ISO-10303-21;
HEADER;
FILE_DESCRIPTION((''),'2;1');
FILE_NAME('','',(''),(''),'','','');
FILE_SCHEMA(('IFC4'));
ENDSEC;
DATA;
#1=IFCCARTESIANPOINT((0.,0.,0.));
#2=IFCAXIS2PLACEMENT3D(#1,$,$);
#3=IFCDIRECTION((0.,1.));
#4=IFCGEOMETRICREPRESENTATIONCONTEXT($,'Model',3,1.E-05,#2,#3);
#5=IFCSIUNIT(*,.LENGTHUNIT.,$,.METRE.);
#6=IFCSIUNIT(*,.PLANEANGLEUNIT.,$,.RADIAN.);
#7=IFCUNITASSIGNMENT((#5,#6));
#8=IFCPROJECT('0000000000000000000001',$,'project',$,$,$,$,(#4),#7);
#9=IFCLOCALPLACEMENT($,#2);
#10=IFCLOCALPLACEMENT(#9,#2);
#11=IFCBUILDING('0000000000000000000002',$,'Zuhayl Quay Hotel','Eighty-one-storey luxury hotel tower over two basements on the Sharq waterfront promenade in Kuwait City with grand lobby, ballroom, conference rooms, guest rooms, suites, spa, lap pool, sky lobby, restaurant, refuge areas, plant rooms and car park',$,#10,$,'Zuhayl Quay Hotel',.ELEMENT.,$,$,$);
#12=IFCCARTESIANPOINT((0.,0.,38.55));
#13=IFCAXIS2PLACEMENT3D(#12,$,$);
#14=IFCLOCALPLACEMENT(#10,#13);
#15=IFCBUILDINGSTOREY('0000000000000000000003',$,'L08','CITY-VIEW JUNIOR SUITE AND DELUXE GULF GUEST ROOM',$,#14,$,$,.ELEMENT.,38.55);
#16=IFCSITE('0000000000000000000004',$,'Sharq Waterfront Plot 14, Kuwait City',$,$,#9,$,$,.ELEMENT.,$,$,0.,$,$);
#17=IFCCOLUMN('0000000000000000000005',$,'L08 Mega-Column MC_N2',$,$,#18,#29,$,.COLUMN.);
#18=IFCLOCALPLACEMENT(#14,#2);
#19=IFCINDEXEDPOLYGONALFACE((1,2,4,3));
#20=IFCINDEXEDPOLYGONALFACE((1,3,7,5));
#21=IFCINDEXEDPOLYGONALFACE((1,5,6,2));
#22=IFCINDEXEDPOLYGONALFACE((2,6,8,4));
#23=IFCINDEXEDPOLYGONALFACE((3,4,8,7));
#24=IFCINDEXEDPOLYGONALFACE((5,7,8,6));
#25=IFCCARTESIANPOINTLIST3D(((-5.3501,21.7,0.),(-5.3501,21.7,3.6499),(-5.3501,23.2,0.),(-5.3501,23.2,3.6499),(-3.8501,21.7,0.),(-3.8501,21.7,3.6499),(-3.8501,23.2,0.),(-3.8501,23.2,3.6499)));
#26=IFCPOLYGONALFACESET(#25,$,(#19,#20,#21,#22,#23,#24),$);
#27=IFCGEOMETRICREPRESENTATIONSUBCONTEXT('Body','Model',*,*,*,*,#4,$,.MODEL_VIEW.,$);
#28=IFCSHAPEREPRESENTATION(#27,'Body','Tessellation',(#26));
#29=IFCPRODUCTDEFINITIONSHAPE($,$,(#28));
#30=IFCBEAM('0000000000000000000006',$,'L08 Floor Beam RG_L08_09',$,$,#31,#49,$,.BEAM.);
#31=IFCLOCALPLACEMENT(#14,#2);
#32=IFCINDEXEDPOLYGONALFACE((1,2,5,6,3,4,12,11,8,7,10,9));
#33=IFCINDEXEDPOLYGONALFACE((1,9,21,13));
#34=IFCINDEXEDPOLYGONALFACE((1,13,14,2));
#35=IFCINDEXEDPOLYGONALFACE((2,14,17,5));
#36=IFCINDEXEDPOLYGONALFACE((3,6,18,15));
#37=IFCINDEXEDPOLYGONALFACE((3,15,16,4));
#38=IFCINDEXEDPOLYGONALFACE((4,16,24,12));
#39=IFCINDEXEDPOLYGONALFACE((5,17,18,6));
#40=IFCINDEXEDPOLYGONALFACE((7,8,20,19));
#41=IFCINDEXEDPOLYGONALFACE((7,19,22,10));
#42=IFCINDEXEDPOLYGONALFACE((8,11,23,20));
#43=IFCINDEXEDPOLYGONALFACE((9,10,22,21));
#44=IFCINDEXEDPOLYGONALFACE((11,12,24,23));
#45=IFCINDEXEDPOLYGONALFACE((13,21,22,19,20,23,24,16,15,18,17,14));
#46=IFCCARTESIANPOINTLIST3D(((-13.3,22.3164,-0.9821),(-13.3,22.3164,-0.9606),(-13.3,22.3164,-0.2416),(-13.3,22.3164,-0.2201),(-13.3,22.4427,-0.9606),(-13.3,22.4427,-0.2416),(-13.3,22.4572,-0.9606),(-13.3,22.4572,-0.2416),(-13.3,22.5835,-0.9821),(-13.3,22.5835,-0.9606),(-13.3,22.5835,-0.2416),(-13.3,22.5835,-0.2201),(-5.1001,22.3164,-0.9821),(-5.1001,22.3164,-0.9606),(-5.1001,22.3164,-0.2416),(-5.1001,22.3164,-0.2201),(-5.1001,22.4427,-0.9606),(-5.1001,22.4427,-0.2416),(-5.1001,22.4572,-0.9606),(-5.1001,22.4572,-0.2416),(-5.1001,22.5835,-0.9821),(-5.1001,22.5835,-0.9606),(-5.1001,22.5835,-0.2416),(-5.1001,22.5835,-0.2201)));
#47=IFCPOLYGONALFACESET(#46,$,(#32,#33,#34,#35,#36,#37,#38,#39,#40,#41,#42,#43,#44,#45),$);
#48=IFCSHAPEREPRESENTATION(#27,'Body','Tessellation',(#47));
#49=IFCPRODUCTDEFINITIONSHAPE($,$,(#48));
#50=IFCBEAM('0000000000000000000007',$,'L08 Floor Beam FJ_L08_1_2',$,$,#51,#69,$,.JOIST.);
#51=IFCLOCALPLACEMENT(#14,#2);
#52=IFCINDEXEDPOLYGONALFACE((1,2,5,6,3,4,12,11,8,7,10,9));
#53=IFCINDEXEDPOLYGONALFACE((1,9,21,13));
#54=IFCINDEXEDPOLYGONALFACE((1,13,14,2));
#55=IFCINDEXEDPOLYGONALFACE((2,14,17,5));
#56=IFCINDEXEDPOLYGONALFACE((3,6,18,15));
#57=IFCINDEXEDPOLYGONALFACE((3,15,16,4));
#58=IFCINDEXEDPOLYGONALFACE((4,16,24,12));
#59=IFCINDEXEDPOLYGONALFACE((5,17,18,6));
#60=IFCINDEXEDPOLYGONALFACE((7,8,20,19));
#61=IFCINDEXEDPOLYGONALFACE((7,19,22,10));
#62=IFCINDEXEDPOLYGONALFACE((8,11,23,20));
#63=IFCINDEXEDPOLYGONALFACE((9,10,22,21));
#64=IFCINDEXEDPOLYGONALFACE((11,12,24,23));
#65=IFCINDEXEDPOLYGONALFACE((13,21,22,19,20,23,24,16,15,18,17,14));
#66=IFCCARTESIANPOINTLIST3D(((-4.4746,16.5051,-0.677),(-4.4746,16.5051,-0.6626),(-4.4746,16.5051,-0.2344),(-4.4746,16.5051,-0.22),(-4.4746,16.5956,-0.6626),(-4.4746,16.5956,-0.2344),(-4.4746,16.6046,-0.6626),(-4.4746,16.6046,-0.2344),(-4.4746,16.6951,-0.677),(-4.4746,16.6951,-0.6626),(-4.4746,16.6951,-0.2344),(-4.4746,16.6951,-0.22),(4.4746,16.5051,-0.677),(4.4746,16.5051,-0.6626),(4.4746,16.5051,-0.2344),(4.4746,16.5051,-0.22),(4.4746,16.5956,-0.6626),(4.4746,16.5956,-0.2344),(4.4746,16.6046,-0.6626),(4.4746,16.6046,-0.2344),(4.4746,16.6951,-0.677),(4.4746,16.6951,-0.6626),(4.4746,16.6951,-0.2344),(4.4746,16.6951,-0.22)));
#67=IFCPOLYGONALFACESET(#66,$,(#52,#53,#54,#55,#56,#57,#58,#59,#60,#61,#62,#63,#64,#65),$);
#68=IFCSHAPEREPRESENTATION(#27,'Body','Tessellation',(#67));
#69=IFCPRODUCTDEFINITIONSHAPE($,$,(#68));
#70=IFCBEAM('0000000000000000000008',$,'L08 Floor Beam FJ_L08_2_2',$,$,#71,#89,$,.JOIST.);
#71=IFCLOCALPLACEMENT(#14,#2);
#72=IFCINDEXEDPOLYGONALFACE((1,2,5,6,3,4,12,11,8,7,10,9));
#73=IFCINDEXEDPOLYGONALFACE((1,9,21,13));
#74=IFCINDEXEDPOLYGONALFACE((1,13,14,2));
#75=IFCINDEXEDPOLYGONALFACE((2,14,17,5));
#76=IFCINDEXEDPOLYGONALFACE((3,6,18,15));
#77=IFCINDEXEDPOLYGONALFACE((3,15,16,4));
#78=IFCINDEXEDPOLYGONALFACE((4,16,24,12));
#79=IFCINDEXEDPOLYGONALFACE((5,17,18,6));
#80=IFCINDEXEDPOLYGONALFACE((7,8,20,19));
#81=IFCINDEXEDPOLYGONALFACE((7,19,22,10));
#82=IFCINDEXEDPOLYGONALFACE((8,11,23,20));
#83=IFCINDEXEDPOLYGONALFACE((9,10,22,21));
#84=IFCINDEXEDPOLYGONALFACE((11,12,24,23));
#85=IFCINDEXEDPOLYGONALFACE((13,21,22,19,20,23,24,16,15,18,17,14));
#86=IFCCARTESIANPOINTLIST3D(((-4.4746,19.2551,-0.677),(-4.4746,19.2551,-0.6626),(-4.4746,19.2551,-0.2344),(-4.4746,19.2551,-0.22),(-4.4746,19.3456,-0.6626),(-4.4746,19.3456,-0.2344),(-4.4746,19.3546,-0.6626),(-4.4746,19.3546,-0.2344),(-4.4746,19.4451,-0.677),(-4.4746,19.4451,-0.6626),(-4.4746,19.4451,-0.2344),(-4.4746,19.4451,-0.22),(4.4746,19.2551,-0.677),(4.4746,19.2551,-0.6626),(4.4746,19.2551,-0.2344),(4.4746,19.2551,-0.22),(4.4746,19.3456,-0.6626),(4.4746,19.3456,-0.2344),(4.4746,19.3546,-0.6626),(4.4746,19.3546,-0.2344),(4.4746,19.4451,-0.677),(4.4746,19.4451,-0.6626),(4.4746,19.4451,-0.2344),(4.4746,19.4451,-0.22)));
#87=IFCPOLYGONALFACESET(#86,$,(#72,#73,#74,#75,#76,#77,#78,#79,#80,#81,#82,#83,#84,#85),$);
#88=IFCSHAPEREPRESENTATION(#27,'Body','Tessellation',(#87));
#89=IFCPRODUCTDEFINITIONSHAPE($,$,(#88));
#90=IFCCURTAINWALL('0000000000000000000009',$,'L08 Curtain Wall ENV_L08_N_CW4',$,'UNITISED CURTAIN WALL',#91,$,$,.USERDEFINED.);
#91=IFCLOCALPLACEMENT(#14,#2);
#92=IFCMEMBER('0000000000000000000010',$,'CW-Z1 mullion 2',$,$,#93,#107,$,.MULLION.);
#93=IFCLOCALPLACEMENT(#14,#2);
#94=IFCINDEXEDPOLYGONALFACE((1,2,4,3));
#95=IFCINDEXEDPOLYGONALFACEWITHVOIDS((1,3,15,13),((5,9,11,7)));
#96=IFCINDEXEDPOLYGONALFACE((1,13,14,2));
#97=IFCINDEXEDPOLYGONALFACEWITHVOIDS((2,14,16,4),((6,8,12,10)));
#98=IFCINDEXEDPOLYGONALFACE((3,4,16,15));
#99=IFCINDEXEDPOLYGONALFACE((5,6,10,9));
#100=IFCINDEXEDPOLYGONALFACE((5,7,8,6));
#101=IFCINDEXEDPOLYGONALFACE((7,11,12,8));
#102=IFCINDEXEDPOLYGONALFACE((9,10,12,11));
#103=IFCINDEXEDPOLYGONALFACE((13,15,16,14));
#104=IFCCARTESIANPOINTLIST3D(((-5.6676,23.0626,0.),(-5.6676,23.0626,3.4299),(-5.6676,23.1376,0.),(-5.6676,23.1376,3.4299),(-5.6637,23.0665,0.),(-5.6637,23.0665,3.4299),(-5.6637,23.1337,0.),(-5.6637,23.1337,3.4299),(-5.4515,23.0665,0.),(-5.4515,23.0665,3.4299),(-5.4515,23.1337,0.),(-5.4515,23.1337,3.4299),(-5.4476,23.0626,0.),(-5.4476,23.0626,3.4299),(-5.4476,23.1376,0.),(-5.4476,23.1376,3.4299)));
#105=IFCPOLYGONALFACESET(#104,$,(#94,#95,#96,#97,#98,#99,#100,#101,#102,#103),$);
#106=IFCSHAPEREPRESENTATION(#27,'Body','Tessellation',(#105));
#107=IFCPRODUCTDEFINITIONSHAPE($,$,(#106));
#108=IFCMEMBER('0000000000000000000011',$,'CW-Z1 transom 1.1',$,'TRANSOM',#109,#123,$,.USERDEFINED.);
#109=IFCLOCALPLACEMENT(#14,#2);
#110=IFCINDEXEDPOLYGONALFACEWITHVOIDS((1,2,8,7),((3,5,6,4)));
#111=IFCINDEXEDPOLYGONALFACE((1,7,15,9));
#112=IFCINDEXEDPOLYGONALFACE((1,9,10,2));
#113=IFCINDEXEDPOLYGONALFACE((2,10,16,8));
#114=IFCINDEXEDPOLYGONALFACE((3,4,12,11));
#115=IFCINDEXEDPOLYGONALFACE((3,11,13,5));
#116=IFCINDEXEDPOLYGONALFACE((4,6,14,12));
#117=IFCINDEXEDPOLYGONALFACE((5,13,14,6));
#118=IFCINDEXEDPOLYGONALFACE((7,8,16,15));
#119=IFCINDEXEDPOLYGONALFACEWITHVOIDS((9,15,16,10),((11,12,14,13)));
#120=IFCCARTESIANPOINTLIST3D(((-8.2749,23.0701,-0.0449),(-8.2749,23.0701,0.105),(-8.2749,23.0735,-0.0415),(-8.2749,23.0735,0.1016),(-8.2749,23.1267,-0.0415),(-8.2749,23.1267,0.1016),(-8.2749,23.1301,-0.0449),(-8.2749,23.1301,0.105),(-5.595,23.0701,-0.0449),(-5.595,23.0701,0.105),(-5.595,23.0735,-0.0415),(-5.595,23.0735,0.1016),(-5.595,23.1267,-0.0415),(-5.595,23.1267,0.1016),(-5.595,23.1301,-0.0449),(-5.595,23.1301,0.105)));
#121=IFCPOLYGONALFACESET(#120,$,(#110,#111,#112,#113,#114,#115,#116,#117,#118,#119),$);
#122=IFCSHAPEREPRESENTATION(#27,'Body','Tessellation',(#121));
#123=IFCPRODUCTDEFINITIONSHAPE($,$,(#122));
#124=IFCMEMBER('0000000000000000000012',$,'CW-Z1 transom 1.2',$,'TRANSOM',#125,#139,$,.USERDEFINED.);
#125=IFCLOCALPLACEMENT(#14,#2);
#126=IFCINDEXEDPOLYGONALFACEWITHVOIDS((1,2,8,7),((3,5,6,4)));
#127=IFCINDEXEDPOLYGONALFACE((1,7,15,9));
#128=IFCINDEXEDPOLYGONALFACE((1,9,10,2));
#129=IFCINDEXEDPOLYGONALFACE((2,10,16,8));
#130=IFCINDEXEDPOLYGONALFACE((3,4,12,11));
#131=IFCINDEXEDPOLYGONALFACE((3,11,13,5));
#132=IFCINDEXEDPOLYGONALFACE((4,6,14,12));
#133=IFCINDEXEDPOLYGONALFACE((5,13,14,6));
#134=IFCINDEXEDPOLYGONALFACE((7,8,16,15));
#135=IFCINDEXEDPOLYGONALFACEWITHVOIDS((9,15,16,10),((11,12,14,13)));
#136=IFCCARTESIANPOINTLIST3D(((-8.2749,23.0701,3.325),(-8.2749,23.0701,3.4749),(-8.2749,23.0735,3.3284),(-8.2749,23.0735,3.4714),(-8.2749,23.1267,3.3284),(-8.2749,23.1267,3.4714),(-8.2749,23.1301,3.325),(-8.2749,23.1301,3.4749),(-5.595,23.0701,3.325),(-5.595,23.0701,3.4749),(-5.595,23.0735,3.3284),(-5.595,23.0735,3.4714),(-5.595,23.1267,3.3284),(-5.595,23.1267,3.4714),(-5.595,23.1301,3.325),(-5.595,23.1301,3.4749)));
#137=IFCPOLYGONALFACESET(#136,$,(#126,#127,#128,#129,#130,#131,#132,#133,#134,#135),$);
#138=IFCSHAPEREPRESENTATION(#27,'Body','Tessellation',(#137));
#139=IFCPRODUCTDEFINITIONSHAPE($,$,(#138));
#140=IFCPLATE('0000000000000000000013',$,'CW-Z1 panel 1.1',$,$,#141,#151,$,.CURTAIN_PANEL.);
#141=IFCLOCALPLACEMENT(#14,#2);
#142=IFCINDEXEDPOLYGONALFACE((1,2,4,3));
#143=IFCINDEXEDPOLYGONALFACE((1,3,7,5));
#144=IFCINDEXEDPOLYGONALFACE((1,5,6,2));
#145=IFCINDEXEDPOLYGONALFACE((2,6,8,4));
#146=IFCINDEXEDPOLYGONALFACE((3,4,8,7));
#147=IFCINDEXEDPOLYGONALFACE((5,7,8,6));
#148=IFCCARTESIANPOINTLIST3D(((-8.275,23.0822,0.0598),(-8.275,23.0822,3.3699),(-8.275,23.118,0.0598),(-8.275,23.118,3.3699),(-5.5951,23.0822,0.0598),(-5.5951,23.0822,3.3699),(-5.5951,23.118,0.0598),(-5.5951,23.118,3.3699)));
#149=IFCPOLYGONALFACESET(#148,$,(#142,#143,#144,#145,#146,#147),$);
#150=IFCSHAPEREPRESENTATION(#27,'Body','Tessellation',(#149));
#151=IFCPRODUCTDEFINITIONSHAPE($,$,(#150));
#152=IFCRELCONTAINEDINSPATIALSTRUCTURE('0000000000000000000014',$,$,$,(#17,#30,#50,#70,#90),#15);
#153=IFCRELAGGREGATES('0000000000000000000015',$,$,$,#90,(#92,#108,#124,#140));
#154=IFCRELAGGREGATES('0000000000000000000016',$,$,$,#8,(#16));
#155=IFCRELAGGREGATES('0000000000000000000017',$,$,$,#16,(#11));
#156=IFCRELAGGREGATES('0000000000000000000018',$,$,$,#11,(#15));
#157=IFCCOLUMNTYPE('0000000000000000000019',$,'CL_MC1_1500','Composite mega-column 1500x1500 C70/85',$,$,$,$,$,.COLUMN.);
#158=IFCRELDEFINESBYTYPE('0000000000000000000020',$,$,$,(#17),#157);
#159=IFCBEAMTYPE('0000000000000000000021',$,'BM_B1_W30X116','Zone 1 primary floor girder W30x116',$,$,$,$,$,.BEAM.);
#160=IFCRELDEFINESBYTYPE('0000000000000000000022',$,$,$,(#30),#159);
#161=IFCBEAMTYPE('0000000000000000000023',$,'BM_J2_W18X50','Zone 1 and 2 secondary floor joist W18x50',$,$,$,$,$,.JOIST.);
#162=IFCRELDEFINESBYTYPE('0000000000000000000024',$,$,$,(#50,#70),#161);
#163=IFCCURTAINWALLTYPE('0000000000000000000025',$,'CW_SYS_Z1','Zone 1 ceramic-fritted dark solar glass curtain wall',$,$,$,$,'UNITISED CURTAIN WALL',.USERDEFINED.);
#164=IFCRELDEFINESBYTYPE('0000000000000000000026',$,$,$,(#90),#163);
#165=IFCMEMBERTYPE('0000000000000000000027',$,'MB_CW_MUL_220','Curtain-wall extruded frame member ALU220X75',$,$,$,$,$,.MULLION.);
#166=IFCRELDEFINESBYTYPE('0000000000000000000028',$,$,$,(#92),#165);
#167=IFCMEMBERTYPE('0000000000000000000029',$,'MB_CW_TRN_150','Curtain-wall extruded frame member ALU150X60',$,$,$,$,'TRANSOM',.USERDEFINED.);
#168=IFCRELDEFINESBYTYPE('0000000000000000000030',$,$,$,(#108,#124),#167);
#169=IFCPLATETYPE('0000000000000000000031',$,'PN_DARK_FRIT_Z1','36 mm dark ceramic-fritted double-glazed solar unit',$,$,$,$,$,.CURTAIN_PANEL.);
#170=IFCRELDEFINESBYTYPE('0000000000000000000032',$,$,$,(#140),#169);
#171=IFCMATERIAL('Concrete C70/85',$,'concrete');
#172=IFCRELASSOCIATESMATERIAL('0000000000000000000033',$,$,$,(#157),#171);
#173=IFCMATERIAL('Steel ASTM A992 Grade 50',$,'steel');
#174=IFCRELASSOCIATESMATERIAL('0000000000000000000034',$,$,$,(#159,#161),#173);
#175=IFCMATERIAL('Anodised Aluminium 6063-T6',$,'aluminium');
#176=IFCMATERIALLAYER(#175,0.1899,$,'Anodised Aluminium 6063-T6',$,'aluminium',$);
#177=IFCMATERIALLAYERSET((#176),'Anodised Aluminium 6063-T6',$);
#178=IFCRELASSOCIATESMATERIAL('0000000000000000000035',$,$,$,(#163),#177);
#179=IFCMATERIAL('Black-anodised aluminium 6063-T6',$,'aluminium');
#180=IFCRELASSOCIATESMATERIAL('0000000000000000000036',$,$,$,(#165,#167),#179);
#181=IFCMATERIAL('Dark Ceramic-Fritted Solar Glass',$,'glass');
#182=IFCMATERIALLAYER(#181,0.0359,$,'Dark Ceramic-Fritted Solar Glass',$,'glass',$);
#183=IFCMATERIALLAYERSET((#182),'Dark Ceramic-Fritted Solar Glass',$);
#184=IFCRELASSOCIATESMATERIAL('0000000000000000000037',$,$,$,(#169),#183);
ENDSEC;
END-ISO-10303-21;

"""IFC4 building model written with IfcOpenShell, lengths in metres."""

from ifc_helpers import new_model, si_unit, direction, frame, origin, origin_2d, place, context, subcontext, project, spatial, rectangle, hollow_rectangle, i_section, extrude, material, layer, layer_set, material_profile, profile_set, type_object, element, aggregate, save


model = new_model("IFC4")

# Units and contexts
model_context = context("Model", 3, precision=1e-05, world=origin(), true_north=direction((0.0, 1.0)))
body_context = subcontext(model_context, "Body", "Model", "MODEL_VIEW")
ifc_project = project(units=[si_unit("LENGTHUNIT", "METRE"), si_unit("PLANEANGLEUNIT", "RADIAN")], contexts=[model_context])

# Site, building, storey
site_placement = place(None, origin())
site = spatial("IfcSite", under=ifc_project, at=site_placement, Name="Sharq Waterfront Plot 14, Kuwait City", CompositionType="ELEMENT", RefElevation=0.0)
building_placement = place(site_placement, origin())
building = spatial("IfcBuilding", under=site, at=building_placement, Name="Zuhayl Quay Hotel", Description="Eighty-one-storey luxury hotel tower over two basements on the Sharq waterfront promenade in Kuwait City with grand lobby, ballroom, conference rooms, guest rooms, suites, spa, lap pool, sky lobby, restaurant, refuge areas, plant rooms and car park", LongName="Zuhayl Quay Hotel", CompositionType="ELEMENT")
storey_placement = place(building_placement, frame((0.0, 0.0, 38.55)))
storey = spatial("IfcBuildingStorey", under=building, at=storey_placement, Name="L08", Description="CITY-VIEW JUNIOR SUITE AND DELUXE GULF GUEST ROOM", CompositionType="ELEMENT", Elevation=38.55)

# Column
ifc_material_1 = material(Name="Concrete C70/85", Category="concrete")
ifc_material_profile_1 = material_profile(ifc_material_1, rectangle(XDim=1.5, YDim=1.5, at=origin_2d()), Name="RC1500X1500")
ifc_profile_set_1 = profile_set([ifc_material_profile_1], Name="Concrete C70/85")
column_type = type_object("IfcColumnType", Name="CL_MC1_1500", Description="Composite mega-column 1500x1500 C70/85", PredefinedType="COLUMN", material=ifc_profile_set_1)
column_placement = place(storey_placement, frame((-4.6001, 22.45, 0.0), z_axis=(0.0, 0.0, 1.0), x_axis=(1.0, 0.0, 0.0)))
element("IfcColumn", 1, at=column_placement, inside=storey, type_object=column_type, Name="L08 Mega-Column MC_N2", PredefinedType="COLUMN", context=body_context, shape_type="SweptSolid", body=[
    extrude(rectangle(XDim=1.5, YDim=1.5, at=origin_2d()), origin(), (0.0, 0.0, 1.0), 3.6499),
])

# Beams
ifc_material_2 = material(Name="Steel ASTM A992 Grade 50", Category="steel")
ifc_material_profile_2 = material_profile(ifc_material_2, i_section(OverallWidth=0.2671, OverallDepth=0.762, WebThickness=0.0144, FlangeThickness=0.0215, at=origin_2d()), Name="W30X116")
ifc_profile_set_2 = profile_set([ifc_material_profile_2], Name="Steel ASTM A992 Grade 50")
beam_type_1 = type_object("IfcBeamType", Name="BM_B1_W30X116", Description="Zone 1 primary floor girder W30x116", PredefinedType="BEAM", material=ifc_profile_set_2)
beam_placement = place(storey_placement, frame((-5.1001, 22.45, -0.6011), z_axis=(-1.0, 0.0, 0.0), x_axis=(0.0, -1.0, 0.0)))
element("IfcBeam", 2, at=beam_placement, inside=storey, type_object=beam_type_1, Name="L08 Floor Beam RG_L08_09", PredefinedType="BEAM", context=body_context, shape_type="SweptSolid", body=[
    extrude(i_section(OverallWidth=0.2671, OverallDepth=0.762, WebThickness=0.0144, FlangeThickness=0.0215, at=origin_2d()), origin(), (0.0, 0.0, 1.0), 8.2),
])
ifc_material_profile_3 = material_profile(ifc_material_2, i_section(OverallWidth=0.1899, OverallDepth=0.457, WebThickness=0.009, FlangeThickness=0.0144, at=origin_2d()), Name="W18X50")
ifc_profile_set_3 = profile_set([ifc_material_profile_3], Name="Steel ASTM A992 Grade 50")
beam_type_2 = type_object("IfcBeamType", Name="BM_J2_W18X50", Description="Zone 1 and 2 secondary floor joist W18x50", PredefinedType="JOIST", material=ifc_profile_set_3)
for number, where, z_axis, x_axis, name in (
    (3, (-4.4746, 16.6001, -0.4485), (1.0, 0.0, 0.0), (0.0, 1.0, 0.0), "L08 Floor Beam FJ_L08_1_2"),
    (4, (-4.4746, 19.3501, -0.4485), (1.0, 0.0, 0.0), (0.0, 1.0, 0.0), "L08 Floor Beam FJ_L08_2_2"),
):
    element("IfcBeam", number, at=place(storey_placement, frame(where, z_axis=z_axis, x_axis=x_axis)), inside=storey, type_object=beam_type_2, Name=name, PredefinedType="JOIST", context=body_context, shape_type="SweptSolid", body=[
        extrude(i_section(OverallWidth=0.1899, OverallDepth=0.457, WebThickness=0.009, FlangeThickness=0.0144, at=origin_2d()), origin(), (0.0, 0.0, 1.0), 8.9492),
    ])

# Curtain wall, members, plate
ifc_material_3 = material(Name="Anodised Aluminium 6063-T6", Category="aluminium")
ifc_layer_1 = layer(ifc_material_3, 0.1899, Name="Anodised Aluminium 6063-T6", Category="aluminium")
ifc_layer_set_1 = layer_set([ifc_layer_1], Name="Anodised Aluminium 6063-T6")
curtain_wall_type = type_object("IfcCurtainWallType", Name="CW_SYS_Z1", Description="Zone 1 ceramic-fritted dark solar glass curtain wall", ElementType="UNITISED CURTAIN WALL", PredefinedType="USERDEFINED", material=ifc_layer_set_1)
curtain_wall_placement = place(storey_placement, origin())
curtain_wall = element("IfcCurtainWall", 5, at=curtain_wall_placement, inside=storey, type_object=curtain_wall_type, Name="L08 Curtain Wall ENV_L08_N_CW4", ObjectType="UNITISED CURTAIN WALL", PredefinedType="USERDEFINED")
ifc_material_4 = material(Name="Black-anodised aluminium 6063-T6", Category="aluminium")
ifc_material_profile_4 = material_profile(ifc_material_4, hollow_rectangle(XDim=0.075, YDim=0.22, WallThickness=0.0039, at=origin_2d()), Name="ALU220X75")
ifc_profile_set_4 = profile_set([ifc_material_profile_4], Name="Black-anodised aluminium 6063-T6")
member_type_1 = type_object("IfcMemberType", Name="MB_CW_MUL_220", Description="Curtain-wall extruded frame member ALU220X75", PredefinedType="MULLION", material=ifc_profile_set_4)
member_1_placement = place(storey_placement, frame((-5.5576, 23.1001, 0.0), z_axis=(0.0, 0.0, 1.0), x_axis=(0.0, 1.0, 0.0)))
member_1 = element("IfcMember", 6, at=member_1_placement, type_object=member_type_1, Name="CW-Z1 mullion 2", PredefinedType="MULLION", context=body_context, shape_type="SweptSolid", body=[
    extrude(hollow_rectangle(XDim=0.075, YDim=0.22, WallThickness=0.0039, at=origin_2d()), origin(), (0.0, 0.0, 1.0), 3.4299),
])
ifc_material_profile_5 = material_profile(ifc_material_4, hollow_rectangle(XDim=0.0601, YDim=0.1499, WallThickness=0.0034, at=origin_2d()), Name="ALU150X60")
ifc_profile_set_5 = profile_set([ifc_material_profile_5], Name="Black-anodised aluminium 6063-T6")
member_type_2 = type_object("IfcMemberType", Name="MB_CW_TRN_150", Description="Curtain-wall extruded frame member ALU150X60", ElementType="TRANSOM", PredefinedType="USERDEFINED", material=ifc_profile_set_5)
member_2_placement = place(storey_placement, frame((-8.2749, 23.1001, 0.03), z_axis=(1.0, 0.0, 0.0), x_axis=(0.0, 1.0, 0.0)))
member_2 = element("IfcMember", 7, at=member_2_placement, type_object=member_type_2, Name="CW-Z1 transom 1.1", ObjectType="TRANSOM", PredefinedType="USERDEFINED", context=body_context, shape_type="SweptSolid", body=[
    extrude(hollow_rectangle(XDim=0.0601, YDim=0.1499, WallThickness=0.0034, at=origin_2d()), origin(), (0.0, 0.0, 1.0), 2.6799),
])
member_3_placement = place(storey_placement, frame((-8.2749, 23.1001, 3.3999), z_axis=(1.0, 0.0, 0.0), x_axis=(0.0, 1.0, 0.0)))
member_3 = element("IfcMember", 8, at=member_3_placement, type_object=member_type_2, Name="CW-Z1 transom 1.2", ObjectType="TRANSOM", PredefinedType="USERDEFINED", context=body_context, shape_type="SweptSolid", body=[
    extrude(hollow_rectangle(XDim=0.0601, YDim=0.1499, WallThickness=0.0034, at=origin_2d()), origin(), (0.0, 0.0, 1.0), 2.6799),
])
ifc_material_5 = material(Name="Dark Ceramic-Fritted Solar Glass", Category="glass")
ifc_layer_2 = layer(ifc_material_5, 0.0359, Name="Dark Ceramic-Fritted Solar Glass", Category="glass")
ifc_layer_set_2 = layer_set([ifc_layer_2], Name="Dark Ceramic-Fritted Solar Glass")
plate_type = type_object("IfcPlateType", Name="PN_DARK_FRIT_Z1", Description="36 mm dark ceramic-fritted double-glazed solar unit", PredefinedType="CURTAIN_PANEL", material=ifc_layer_set_2)
plate_placement = place(storey_placement, frame((-6.9351, 23.1001, 0.0598), z_axis=(0.0, 0.0, 1.0), x_axis=(1.0, 0.0, 0.0)))
plate = element("IfcPlate", 9, at=plate_placement, type_object=plate_type, Name="CW-Z1 panel 1.1", PredefinedType="CURTAIN_PANEL", context=body_context, shape_type="SweptSolid", body=[
    extrude(rectangle(XDim=2.6799, YDim=0.0359, at=origin_2d()), origin(), (0.0, 0.0, 1.0), 3.3101),
])
aggregate(curtain_wall, [member_1, member_2, member_3, plate])

save(model, "model.ifc")
